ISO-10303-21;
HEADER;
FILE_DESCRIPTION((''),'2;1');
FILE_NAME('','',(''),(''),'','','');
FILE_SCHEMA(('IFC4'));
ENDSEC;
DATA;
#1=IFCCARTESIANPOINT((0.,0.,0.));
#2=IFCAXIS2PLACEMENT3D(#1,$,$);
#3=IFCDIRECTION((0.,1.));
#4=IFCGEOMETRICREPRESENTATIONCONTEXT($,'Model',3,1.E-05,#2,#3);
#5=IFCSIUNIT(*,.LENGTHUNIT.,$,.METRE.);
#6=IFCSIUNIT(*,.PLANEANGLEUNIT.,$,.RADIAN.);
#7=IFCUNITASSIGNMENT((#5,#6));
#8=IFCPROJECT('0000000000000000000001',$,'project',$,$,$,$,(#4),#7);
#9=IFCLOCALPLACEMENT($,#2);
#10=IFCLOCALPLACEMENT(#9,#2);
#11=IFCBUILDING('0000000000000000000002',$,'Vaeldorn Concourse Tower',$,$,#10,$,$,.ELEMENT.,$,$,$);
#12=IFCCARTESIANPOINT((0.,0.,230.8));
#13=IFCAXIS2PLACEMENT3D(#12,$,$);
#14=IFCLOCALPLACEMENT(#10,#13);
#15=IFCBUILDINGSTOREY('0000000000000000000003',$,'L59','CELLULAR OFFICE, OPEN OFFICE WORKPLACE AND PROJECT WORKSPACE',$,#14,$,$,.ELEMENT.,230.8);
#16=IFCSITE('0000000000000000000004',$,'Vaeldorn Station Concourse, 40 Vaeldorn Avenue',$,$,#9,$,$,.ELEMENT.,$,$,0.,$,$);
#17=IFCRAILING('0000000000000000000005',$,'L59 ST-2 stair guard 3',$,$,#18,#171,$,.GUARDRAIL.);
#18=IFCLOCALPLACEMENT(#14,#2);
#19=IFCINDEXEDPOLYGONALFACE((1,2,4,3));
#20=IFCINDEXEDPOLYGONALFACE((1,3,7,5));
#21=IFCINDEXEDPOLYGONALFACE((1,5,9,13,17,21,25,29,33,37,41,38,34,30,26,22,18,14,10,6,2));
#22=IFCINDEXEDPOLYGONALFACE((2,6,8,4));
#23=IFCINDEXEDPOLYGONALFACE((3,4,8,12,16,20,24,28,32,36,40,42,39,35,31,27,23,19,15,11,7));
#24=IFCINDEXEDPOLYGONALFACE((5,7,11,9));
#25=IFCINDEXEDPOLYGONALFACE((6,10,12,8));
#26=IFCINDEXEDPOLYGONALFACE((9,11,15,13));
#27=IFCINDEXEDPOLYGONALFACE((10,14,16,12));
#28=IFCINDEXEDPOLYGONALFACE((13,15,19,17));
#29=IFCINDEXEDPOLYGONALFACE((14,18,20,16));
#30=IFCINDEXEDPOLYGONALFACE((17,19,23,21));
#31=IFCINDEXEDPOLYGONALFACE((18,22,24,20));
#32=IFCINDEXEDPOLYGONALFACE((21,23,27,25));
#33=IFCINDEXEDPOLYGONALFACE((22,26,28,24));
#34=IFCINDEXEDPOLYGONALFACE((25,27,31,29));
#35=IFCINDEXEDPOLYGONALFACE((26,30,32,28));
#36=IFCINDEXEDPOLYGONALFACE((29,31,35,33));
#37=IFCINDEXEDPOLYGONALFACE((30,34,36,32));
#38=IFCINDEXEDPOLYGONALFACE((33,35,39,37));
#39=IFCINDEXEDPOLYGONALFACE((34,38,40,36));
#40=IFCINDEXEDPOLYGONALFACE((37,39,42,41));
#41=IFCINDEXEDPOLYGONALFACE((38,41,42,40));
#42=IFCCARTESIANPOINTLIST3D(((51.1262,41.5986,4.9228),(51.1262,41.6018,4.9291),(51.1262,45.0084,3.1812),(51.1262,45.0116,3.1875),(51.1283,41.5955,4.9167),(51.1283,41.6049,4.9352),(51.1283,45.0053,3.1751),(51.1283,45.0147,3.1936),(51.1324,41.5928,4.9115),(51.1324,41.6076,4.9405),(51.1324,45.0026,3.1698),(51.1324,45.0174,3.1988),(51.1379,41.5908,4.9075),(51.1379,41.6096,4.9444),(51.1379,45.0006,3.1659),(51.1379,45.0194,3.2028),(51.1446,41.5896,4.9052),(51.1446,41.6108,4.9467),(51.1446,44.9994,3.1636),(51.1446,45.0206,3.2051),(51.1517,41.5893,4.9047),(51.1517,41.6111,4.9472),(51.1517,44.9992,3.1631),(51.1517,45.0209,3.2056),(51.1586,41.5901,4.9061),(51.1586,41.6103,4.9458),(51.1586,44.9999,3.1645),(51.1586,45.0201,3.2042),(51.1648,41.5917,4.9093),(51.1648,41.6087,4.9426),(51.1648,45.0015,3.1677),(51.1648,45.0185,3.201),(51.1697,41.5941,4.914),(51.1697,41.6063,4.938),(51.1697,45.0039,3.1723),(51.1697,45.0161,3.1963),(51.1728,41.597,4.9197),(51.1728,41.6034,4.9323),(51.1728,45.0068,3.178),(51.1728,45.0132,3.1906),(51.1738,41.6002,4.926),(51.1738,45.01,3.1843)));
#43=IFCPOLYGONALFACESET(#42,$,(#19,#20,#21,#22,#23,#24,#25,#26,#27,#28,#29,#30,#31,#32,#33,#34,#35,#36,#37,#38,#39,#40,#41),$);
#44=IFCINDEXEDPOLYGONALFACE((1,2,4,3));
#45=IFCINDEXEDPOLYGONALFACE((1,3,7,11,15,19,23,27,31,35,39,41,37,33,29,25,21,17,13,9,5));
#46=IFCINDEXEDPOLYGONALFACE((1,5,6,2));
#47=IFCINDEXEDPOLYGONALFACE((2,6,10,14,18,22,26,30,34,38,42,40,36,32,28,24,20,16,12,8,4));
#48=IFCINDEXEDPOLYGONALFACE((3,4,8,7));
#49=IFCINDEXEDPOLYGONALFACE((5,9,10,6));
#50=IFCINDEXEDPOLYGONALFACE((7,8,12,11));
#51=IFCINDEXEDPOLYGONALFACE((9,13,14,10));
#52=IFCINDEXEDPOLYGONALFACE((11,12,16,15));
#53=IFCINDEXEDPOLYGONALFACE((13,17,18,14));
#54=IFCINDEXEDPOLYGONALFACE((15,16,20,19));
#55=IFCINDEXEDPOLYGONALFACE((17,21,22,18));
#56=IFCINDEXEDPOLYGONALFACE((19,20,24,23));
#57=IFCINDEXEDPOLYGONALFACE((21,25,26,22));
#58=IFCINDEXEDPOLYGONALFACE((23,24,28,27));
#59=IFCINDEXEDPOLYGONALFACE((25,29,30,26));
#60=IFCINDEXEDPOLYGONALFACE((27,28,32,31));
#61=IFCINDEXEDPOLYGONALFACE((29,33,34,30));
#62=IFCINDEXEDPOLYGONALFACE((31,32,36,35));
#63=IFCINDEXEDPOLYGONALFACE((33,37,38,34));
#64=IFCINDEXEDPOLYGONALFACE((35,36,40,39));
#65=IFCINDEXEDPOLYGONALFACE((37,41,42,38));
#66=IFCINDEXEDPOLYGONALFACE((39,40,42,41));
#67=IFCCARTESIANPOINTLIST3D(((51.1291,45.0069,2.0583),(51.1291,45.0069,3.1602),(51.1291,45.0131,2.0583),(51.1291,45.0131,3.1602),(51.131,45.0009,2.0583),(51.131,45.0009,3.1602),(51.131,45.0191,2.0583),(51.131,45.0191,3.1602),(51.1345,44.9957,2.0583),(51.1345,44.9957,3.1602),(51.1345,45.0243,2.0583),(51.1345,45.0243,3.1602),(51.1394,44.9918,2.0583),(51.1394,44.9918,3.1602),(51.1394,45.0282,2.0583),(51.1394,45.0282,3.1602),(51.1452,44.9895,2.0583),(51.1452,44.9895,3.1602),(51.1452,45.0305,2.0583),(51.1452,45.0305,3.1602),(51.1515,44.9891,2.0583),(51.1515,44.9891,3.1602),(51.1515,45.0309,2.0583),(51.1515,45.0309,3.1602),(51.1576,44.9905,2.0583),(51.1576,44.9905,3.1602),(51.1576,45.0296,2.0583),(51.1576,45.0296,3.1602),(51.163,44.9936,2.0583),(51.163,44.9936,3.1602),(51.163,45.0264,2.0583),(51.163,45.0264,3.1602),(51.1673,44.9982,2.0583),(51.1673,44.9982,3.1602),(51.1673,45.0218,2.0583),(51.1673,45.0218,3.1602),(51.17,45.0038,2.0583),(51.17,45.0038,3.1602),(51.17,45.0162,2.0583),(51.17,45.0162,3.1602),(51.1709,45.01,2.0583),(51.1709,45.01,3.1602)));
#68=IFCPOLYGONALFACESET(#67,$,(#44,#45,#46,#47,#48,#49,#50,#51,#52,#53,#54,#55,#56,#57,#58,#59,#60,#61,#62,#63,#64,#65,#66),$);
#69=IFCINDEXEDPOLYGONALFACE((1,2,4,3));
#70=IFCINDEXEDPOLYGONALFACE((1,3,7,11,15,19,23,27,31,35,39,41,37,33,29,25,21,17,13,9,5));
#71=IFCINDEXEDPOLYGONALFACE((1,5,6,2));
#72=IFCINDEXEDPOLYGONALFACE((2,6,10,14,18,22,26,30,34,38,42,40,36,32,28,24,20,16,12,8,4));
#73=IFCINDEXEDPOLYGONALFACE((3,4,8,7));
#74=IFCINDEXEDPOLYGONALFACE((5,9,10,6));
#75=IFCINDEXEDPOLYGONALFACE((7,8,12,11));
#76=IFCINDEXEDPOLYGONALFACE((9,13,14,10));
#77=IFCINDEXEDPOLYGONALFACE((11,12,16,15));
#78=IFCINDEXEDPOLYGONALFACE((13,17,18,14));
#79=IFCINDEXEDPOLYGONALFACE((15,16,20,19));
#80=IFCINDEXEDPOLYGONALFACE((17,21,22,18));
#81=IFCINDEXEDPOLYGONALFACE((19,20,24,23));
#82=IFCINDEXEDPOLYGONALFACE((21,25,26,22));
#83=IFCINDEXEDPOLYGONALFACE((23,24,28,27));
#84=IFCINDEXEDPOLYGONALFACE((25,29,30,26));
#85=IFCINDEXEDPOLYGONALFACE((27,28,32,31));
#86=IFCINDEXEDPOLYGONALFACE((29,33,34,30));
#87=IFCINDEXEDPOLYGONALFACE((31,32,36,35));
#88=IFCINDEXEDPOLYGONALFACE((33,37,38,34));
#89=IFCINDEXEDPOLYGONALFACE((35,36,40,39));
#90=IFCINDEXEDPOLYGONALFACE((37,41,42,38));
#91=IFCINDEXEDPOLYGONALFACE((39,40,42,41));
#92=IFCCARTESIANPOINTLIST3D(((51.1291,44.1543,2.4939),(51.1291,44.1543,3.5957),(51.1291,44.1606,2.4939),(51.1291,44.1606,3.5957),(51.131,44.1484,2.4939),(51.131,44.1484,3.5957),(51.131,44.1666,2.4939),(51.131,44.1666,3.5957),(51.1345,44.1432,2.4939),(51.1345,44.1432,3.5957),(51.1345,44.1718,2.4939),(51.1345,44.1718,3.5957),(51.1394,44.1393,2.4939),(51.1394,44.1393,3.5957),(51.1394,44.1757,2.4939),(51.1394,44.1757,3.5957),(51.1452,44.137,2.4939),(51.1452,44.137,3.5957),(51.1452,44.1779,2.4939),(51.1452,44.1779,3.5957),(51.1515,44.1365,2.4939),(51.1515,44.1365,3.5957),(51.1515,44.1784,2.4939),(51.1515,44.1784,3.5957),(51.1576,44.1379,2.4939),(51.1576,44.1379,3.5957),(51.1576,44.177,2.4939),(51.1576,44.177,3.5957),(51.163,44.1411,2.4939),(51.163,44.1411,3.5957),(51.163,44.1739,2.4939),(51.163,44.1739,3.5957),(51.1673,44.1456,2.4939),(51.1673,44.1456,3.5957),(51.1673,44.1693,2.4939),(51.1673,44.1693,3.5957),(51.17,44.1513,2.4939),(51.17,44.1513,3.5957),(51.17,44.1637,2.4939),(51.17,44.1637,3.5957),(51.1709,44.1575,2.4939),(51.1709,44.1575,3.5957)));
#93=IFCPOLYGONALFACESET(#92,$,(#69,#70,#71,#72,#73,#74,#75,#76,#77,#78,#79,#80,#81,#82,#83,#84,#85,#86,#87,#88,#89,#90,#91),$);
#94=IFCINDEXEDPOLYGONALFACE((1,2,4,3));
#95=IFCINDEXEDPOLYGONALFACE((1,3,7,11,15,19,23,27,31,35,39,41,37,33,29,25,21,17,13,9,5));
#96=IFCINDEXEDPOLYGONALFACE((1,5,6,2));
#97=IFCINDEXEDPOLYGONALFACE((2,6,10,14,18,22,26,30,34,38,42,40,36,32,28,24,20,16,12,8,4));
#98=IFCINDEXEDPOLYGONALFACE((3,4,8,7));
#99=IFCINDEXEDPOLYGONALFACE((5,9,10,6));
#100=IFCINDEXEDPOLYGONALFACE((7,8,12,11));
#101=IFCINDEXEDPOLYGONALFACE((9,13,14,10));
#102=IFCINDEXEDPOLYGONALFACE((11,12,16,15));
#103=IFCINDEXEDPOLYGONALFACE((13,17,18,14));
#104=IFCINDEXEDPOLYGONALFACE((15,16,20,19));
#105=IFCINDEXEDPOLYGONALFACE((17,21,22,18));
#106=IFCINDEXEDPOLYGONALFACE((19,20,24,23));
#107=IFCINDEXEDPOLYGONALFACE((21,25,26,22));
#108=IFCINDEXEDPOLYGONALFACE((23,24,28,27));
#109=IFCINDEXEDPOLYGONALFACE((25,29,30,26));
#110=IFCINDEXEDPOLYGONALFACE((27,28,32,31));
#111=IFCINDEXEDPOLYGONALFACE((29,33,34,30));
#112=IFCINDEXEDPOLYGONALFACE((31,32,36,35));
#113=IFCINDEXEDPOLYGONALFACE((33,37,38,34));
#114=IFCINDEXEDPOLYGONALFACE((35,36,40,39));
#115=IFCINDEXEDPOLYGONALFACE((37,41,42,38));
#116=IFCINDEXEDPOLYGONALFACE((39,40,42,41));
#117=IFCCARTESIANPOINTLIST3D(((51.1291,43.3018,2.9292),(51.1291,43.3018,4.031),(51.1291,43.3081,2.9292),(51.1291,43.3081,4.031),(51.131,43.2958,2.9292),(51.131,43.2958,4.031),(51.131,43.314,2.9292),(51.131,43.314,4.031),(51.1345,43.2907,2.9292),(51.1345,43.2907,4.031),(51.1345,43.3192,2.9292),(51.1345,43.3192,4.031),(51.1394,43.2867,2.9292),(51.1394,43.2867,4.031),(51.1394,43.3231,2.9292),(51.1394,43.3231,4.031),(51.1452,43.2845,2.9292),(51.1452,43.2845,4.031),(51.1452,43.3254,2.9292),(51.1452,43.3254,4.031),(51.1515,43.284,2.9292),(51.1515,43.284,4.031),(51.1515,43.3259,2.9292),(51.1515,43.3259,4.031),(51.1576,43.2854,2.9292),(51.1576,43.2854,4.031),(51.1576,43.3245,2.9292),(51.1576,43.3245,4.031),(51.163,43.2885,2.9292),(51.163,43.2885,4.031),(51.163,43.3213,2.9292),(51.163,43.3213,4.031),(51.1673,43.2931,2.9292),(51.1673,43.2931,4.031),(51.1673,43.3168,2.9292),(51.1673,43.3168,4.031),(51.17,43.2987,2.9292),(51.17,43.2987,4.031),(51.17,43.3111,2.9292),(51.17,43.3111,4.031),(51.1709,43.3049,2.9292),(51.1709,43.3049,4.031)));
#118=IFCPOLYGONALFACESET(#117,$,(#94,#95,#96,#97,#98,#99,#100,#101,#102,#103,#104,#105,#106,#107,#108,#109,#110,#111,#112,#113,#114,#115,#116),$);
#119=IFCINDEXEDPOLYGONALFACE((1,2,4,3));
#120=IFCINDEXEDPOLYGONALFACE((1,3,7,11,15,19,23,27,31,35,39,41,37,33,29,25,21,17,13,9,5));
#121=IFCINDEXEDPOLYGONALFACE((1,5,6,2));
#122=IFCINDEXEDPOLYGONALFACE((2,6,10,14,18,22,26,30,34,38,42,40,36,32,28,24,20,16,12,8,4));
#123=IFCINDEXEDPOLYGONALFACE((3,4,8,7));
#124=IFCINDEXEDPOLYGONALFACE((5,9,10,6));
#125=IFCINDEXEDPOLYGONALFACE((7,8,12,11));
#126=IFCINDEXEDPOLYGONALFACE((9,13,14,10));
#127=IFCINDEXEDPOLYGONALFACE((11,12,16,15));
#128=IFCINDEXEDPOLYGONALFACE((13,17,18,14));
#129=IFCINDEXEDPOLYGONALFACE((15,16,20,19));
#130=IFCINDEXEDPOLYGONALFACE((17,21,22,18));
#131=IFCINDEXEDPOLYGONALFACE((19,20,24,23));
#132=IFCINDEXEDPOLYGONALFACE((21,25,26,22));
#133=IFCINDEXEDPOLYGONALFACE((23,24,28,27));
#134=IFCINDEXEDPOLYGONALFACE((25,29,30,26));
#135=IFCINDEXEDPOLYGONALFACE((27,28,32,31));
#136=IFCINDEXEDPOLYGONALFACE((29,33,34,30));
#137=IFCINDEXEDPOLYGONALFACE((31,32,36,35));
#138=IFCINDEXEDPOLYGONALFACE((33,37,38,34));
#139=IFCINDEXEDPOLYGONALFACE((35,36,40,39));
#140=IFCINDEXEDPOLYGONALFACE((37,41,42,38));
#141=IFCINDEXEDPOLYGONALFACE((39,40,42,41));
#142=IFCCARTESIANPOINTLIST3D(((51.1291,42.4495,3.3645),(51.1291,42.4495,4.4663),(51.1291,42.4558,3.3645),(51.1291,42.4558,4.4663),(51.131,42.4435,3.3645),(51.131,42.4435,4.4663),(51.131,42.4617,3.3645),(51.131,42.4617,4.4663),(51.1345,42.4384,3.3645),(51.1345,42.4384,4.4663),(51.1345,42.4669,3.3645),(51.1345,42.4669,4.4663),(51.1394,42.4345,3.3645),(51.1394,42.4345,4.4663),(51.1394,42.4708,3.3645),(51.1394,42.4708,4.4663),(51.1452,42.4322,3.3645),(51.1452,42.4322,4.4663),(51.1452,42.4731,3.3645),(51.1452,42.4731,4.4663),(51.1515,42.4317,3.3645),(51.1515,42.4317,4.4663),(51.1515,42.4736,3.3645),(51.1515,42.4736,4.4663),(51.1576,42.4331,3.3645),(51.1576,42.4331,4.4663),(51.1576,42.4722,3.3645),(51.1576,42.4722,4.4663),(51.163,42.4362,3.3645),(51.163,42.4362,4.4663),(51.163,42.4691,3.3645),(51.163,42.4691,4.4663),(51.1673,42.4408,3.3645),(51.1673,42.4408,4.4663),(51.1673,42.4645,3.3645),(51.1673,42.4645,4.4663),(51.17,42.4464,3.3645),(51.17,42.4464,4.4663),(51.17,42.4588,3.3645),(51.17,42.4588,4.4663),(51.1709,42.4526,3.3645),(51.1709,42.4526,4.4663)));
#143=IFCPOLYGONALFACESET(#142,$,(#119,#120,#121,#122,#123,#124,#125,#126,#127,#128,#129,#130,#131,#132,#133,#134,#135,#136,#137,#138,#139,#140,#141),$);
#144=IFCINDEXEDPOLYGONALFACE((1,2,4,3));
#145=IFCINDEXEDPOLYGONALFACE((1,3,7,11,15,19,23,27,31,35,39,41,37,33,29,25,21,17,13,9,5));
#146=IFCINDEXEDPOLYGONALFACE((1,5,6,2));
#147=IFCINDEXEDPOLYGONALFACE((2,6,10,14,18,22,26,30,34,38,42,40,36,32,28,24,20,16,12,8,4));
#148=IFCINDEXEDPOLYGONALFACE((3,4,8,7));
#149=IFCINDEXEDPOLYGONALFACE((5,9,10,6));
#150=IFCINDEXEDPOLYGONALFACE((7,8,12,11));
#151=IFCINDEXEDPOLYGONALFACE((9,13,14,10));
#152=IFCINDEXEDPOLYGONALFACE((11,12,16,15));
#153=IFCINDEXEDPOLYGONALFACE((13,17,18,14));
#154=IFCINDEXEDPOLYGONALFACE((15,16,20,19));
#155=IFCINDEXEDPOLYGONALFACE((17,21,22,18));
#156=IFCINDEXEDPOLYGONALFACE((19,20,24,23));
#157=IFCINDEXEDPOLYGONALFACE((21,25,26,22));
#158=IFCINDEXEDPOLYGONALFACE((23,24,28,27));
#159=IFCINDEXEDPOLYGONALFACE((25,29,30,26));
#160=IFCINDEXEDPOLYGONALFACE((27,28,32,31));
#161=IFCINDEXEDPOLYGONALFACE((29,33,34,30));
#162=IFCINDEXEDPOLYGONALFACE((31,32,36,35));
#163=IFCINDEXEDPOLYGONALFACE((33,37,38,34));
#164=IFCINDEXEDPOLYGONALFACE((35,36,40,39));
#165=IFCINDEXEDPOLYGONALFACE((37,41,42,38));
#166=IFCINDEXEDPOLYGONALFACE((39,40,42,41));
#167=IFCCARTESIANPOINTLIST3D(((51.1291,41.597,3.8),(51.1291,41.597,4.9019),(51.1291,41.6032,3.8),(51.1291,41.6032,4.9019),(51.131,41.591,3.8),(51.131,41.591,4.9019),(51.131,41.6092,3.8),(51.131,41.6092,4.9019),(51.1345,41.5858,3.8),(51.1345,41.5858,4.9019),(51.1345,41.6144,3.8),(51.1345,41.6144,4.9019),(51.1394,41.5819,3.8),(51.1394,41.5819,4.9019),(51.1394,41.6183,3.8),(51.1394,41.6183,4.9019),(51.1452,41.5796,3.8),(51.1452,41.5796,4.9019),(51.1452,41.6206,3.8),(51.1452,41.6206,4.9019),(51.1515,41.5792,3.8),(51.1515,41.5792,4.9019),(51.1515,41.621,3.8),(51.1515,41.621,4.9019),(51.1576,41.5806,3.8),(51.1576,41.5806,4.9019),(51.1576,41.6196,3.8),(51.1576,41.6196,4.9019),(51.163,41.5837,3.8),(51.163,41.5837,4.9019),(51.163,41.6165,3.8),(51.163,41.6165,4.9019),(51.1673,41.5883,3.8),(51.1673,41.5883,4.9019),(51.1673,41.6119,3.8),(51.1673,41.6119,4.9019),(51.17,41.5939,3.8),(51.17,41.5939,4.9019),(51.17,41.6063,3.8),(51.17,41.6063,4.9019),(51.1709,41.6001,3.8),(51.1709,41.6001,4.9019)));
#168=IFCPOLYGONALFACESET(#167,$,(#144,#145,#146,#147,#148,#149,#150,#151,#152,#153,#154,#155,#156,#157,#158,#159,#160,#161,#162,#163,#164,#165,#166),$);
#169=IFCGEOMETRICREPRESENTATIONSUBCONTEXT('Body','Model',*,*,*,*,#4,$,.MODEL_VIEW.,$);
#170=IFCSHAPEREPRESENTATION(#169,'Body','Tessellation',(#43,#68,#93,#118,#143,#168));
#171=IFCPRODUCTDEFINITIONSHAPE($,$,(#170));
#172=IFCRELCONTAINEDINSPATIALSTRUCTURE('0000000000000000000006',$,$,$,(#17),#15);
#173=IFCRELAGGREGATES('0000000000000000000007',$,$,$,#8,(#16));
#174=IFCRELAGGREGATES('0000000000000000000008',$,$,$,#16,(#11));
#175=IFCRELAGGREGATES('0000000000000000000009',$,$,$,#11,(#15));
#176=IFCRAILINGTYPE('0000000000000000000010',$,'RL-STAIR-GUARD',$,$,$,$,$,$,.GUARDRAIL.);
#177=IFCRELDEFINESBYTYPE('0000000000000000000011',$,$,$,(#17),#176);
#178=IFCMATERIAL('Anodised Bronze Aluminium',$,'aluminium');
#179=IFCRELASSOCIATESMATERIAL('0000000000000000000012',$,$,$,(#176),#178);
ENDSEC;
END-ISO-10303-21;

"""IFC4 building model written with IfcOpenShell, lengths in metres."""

from ifc_helpers import new_model, si_unit, direction, frame, origin, origin_2d, place, context, subcontext, project, spatial, circle, extrude, material, type_object, element, save


model = new_model("IFC4")

# Units and contexts
model_context = context("Model", 3, precision=1e-05, world=origin(), true_north=direction((0.0, 1.0)))
body_context = subcontext(model_context, "Body", "Model", "MODEL_VIEW")
ifc_project = project(units=[si_unit("LENGTHUNIT", "METRE"), si_unit("PLANEANGLEUNIT", "RADIAN")], contexts=[model_context])

# Site, building, storey
site_placement = place(None, origin())
site = spatial("IfcSite", under=ifc_project, at=site_placement, Name="Vaeldorn Station Concourse, 40 Vaeldorn Avenue", CompositionType="ELEMENT", RefElevation=0.0)
building_placement = place(site_placement, origin())
building = spatial("IfcBuilding", under=site, at=building_placement, Name="Vaeldorn Concourse Tower", CompositionType="ELEMENT")
storey_placement = place(building_placement, frame((0.0, 0.0, 230.8)))
storey = spatial("IfcBuildingStorey", under=building, at=storey_placement, Name="L59", Description="CELLULAR OFFICE, OPEN OFFICE WORKPLACE AND PROJECT WORKSPACE", CompositionType="ELEMENT", Elevation=230.8)

# Shared definitions
ifc_material_1 = material(Name="Anodised Bronze Aluminium", Category="aluminium")

# Railing
railing_type_1 = type_object("IfcRailingType", Name="RL-STAIR-GUARD", PredefinedType="GUARDRAIL", material=ifc_material_1)
railing_1_placement = place(storey_placement, frame((51.1499, 45.01, 2.0583)))
element("IfcRailing", 1, at=railing_1_placement, inside=storey, type_object=railing_type_1, Name="L59 ST-2 stair guard 3", PredefinedType="GUARDRAIL", context=body_context, shape_type="SweptSolid", body=[
    extrude(circle(Radius=0.0239, at=origin_2d()), frame((0.0, 0.0, 1.126), z_axis=(0.0, -0.890556, 0.454874), x_axis=(1.0, 0.0, 0.0)), (0.0, 0.0, 1.0), 3.8289),
    extrude(circle(Radius=0.021, at=origin_2d()), origin(), (0.0, 0.0, 1.0), 1.1018),
    extrude(circle(Radius=0.021, at=origin_2d()), frame((0.0, -0.8525, 0.4355)), (0.0, 0.0, 1.0), 1.1018),
    extrude(circle(Radius=0.021, at=origin_2d()), frame((0.0, -1.7051, 0.8708)), (0.0, 0.0, 1.0), 1.1018),
    extrude(circle(Radius=0.021, at=origin_2d()), frame((0.0, -2.5574, 1.3062)), (0.0, 0.0, 1.0), 1.1018),
    extrude(circle(Radius=0.021, at=origin_2d()), frame((0.0, -3.4099, 1.7417)), (0.0, 0.0, 1.0), 1.1018),
])

save(model, "model.ifc")
